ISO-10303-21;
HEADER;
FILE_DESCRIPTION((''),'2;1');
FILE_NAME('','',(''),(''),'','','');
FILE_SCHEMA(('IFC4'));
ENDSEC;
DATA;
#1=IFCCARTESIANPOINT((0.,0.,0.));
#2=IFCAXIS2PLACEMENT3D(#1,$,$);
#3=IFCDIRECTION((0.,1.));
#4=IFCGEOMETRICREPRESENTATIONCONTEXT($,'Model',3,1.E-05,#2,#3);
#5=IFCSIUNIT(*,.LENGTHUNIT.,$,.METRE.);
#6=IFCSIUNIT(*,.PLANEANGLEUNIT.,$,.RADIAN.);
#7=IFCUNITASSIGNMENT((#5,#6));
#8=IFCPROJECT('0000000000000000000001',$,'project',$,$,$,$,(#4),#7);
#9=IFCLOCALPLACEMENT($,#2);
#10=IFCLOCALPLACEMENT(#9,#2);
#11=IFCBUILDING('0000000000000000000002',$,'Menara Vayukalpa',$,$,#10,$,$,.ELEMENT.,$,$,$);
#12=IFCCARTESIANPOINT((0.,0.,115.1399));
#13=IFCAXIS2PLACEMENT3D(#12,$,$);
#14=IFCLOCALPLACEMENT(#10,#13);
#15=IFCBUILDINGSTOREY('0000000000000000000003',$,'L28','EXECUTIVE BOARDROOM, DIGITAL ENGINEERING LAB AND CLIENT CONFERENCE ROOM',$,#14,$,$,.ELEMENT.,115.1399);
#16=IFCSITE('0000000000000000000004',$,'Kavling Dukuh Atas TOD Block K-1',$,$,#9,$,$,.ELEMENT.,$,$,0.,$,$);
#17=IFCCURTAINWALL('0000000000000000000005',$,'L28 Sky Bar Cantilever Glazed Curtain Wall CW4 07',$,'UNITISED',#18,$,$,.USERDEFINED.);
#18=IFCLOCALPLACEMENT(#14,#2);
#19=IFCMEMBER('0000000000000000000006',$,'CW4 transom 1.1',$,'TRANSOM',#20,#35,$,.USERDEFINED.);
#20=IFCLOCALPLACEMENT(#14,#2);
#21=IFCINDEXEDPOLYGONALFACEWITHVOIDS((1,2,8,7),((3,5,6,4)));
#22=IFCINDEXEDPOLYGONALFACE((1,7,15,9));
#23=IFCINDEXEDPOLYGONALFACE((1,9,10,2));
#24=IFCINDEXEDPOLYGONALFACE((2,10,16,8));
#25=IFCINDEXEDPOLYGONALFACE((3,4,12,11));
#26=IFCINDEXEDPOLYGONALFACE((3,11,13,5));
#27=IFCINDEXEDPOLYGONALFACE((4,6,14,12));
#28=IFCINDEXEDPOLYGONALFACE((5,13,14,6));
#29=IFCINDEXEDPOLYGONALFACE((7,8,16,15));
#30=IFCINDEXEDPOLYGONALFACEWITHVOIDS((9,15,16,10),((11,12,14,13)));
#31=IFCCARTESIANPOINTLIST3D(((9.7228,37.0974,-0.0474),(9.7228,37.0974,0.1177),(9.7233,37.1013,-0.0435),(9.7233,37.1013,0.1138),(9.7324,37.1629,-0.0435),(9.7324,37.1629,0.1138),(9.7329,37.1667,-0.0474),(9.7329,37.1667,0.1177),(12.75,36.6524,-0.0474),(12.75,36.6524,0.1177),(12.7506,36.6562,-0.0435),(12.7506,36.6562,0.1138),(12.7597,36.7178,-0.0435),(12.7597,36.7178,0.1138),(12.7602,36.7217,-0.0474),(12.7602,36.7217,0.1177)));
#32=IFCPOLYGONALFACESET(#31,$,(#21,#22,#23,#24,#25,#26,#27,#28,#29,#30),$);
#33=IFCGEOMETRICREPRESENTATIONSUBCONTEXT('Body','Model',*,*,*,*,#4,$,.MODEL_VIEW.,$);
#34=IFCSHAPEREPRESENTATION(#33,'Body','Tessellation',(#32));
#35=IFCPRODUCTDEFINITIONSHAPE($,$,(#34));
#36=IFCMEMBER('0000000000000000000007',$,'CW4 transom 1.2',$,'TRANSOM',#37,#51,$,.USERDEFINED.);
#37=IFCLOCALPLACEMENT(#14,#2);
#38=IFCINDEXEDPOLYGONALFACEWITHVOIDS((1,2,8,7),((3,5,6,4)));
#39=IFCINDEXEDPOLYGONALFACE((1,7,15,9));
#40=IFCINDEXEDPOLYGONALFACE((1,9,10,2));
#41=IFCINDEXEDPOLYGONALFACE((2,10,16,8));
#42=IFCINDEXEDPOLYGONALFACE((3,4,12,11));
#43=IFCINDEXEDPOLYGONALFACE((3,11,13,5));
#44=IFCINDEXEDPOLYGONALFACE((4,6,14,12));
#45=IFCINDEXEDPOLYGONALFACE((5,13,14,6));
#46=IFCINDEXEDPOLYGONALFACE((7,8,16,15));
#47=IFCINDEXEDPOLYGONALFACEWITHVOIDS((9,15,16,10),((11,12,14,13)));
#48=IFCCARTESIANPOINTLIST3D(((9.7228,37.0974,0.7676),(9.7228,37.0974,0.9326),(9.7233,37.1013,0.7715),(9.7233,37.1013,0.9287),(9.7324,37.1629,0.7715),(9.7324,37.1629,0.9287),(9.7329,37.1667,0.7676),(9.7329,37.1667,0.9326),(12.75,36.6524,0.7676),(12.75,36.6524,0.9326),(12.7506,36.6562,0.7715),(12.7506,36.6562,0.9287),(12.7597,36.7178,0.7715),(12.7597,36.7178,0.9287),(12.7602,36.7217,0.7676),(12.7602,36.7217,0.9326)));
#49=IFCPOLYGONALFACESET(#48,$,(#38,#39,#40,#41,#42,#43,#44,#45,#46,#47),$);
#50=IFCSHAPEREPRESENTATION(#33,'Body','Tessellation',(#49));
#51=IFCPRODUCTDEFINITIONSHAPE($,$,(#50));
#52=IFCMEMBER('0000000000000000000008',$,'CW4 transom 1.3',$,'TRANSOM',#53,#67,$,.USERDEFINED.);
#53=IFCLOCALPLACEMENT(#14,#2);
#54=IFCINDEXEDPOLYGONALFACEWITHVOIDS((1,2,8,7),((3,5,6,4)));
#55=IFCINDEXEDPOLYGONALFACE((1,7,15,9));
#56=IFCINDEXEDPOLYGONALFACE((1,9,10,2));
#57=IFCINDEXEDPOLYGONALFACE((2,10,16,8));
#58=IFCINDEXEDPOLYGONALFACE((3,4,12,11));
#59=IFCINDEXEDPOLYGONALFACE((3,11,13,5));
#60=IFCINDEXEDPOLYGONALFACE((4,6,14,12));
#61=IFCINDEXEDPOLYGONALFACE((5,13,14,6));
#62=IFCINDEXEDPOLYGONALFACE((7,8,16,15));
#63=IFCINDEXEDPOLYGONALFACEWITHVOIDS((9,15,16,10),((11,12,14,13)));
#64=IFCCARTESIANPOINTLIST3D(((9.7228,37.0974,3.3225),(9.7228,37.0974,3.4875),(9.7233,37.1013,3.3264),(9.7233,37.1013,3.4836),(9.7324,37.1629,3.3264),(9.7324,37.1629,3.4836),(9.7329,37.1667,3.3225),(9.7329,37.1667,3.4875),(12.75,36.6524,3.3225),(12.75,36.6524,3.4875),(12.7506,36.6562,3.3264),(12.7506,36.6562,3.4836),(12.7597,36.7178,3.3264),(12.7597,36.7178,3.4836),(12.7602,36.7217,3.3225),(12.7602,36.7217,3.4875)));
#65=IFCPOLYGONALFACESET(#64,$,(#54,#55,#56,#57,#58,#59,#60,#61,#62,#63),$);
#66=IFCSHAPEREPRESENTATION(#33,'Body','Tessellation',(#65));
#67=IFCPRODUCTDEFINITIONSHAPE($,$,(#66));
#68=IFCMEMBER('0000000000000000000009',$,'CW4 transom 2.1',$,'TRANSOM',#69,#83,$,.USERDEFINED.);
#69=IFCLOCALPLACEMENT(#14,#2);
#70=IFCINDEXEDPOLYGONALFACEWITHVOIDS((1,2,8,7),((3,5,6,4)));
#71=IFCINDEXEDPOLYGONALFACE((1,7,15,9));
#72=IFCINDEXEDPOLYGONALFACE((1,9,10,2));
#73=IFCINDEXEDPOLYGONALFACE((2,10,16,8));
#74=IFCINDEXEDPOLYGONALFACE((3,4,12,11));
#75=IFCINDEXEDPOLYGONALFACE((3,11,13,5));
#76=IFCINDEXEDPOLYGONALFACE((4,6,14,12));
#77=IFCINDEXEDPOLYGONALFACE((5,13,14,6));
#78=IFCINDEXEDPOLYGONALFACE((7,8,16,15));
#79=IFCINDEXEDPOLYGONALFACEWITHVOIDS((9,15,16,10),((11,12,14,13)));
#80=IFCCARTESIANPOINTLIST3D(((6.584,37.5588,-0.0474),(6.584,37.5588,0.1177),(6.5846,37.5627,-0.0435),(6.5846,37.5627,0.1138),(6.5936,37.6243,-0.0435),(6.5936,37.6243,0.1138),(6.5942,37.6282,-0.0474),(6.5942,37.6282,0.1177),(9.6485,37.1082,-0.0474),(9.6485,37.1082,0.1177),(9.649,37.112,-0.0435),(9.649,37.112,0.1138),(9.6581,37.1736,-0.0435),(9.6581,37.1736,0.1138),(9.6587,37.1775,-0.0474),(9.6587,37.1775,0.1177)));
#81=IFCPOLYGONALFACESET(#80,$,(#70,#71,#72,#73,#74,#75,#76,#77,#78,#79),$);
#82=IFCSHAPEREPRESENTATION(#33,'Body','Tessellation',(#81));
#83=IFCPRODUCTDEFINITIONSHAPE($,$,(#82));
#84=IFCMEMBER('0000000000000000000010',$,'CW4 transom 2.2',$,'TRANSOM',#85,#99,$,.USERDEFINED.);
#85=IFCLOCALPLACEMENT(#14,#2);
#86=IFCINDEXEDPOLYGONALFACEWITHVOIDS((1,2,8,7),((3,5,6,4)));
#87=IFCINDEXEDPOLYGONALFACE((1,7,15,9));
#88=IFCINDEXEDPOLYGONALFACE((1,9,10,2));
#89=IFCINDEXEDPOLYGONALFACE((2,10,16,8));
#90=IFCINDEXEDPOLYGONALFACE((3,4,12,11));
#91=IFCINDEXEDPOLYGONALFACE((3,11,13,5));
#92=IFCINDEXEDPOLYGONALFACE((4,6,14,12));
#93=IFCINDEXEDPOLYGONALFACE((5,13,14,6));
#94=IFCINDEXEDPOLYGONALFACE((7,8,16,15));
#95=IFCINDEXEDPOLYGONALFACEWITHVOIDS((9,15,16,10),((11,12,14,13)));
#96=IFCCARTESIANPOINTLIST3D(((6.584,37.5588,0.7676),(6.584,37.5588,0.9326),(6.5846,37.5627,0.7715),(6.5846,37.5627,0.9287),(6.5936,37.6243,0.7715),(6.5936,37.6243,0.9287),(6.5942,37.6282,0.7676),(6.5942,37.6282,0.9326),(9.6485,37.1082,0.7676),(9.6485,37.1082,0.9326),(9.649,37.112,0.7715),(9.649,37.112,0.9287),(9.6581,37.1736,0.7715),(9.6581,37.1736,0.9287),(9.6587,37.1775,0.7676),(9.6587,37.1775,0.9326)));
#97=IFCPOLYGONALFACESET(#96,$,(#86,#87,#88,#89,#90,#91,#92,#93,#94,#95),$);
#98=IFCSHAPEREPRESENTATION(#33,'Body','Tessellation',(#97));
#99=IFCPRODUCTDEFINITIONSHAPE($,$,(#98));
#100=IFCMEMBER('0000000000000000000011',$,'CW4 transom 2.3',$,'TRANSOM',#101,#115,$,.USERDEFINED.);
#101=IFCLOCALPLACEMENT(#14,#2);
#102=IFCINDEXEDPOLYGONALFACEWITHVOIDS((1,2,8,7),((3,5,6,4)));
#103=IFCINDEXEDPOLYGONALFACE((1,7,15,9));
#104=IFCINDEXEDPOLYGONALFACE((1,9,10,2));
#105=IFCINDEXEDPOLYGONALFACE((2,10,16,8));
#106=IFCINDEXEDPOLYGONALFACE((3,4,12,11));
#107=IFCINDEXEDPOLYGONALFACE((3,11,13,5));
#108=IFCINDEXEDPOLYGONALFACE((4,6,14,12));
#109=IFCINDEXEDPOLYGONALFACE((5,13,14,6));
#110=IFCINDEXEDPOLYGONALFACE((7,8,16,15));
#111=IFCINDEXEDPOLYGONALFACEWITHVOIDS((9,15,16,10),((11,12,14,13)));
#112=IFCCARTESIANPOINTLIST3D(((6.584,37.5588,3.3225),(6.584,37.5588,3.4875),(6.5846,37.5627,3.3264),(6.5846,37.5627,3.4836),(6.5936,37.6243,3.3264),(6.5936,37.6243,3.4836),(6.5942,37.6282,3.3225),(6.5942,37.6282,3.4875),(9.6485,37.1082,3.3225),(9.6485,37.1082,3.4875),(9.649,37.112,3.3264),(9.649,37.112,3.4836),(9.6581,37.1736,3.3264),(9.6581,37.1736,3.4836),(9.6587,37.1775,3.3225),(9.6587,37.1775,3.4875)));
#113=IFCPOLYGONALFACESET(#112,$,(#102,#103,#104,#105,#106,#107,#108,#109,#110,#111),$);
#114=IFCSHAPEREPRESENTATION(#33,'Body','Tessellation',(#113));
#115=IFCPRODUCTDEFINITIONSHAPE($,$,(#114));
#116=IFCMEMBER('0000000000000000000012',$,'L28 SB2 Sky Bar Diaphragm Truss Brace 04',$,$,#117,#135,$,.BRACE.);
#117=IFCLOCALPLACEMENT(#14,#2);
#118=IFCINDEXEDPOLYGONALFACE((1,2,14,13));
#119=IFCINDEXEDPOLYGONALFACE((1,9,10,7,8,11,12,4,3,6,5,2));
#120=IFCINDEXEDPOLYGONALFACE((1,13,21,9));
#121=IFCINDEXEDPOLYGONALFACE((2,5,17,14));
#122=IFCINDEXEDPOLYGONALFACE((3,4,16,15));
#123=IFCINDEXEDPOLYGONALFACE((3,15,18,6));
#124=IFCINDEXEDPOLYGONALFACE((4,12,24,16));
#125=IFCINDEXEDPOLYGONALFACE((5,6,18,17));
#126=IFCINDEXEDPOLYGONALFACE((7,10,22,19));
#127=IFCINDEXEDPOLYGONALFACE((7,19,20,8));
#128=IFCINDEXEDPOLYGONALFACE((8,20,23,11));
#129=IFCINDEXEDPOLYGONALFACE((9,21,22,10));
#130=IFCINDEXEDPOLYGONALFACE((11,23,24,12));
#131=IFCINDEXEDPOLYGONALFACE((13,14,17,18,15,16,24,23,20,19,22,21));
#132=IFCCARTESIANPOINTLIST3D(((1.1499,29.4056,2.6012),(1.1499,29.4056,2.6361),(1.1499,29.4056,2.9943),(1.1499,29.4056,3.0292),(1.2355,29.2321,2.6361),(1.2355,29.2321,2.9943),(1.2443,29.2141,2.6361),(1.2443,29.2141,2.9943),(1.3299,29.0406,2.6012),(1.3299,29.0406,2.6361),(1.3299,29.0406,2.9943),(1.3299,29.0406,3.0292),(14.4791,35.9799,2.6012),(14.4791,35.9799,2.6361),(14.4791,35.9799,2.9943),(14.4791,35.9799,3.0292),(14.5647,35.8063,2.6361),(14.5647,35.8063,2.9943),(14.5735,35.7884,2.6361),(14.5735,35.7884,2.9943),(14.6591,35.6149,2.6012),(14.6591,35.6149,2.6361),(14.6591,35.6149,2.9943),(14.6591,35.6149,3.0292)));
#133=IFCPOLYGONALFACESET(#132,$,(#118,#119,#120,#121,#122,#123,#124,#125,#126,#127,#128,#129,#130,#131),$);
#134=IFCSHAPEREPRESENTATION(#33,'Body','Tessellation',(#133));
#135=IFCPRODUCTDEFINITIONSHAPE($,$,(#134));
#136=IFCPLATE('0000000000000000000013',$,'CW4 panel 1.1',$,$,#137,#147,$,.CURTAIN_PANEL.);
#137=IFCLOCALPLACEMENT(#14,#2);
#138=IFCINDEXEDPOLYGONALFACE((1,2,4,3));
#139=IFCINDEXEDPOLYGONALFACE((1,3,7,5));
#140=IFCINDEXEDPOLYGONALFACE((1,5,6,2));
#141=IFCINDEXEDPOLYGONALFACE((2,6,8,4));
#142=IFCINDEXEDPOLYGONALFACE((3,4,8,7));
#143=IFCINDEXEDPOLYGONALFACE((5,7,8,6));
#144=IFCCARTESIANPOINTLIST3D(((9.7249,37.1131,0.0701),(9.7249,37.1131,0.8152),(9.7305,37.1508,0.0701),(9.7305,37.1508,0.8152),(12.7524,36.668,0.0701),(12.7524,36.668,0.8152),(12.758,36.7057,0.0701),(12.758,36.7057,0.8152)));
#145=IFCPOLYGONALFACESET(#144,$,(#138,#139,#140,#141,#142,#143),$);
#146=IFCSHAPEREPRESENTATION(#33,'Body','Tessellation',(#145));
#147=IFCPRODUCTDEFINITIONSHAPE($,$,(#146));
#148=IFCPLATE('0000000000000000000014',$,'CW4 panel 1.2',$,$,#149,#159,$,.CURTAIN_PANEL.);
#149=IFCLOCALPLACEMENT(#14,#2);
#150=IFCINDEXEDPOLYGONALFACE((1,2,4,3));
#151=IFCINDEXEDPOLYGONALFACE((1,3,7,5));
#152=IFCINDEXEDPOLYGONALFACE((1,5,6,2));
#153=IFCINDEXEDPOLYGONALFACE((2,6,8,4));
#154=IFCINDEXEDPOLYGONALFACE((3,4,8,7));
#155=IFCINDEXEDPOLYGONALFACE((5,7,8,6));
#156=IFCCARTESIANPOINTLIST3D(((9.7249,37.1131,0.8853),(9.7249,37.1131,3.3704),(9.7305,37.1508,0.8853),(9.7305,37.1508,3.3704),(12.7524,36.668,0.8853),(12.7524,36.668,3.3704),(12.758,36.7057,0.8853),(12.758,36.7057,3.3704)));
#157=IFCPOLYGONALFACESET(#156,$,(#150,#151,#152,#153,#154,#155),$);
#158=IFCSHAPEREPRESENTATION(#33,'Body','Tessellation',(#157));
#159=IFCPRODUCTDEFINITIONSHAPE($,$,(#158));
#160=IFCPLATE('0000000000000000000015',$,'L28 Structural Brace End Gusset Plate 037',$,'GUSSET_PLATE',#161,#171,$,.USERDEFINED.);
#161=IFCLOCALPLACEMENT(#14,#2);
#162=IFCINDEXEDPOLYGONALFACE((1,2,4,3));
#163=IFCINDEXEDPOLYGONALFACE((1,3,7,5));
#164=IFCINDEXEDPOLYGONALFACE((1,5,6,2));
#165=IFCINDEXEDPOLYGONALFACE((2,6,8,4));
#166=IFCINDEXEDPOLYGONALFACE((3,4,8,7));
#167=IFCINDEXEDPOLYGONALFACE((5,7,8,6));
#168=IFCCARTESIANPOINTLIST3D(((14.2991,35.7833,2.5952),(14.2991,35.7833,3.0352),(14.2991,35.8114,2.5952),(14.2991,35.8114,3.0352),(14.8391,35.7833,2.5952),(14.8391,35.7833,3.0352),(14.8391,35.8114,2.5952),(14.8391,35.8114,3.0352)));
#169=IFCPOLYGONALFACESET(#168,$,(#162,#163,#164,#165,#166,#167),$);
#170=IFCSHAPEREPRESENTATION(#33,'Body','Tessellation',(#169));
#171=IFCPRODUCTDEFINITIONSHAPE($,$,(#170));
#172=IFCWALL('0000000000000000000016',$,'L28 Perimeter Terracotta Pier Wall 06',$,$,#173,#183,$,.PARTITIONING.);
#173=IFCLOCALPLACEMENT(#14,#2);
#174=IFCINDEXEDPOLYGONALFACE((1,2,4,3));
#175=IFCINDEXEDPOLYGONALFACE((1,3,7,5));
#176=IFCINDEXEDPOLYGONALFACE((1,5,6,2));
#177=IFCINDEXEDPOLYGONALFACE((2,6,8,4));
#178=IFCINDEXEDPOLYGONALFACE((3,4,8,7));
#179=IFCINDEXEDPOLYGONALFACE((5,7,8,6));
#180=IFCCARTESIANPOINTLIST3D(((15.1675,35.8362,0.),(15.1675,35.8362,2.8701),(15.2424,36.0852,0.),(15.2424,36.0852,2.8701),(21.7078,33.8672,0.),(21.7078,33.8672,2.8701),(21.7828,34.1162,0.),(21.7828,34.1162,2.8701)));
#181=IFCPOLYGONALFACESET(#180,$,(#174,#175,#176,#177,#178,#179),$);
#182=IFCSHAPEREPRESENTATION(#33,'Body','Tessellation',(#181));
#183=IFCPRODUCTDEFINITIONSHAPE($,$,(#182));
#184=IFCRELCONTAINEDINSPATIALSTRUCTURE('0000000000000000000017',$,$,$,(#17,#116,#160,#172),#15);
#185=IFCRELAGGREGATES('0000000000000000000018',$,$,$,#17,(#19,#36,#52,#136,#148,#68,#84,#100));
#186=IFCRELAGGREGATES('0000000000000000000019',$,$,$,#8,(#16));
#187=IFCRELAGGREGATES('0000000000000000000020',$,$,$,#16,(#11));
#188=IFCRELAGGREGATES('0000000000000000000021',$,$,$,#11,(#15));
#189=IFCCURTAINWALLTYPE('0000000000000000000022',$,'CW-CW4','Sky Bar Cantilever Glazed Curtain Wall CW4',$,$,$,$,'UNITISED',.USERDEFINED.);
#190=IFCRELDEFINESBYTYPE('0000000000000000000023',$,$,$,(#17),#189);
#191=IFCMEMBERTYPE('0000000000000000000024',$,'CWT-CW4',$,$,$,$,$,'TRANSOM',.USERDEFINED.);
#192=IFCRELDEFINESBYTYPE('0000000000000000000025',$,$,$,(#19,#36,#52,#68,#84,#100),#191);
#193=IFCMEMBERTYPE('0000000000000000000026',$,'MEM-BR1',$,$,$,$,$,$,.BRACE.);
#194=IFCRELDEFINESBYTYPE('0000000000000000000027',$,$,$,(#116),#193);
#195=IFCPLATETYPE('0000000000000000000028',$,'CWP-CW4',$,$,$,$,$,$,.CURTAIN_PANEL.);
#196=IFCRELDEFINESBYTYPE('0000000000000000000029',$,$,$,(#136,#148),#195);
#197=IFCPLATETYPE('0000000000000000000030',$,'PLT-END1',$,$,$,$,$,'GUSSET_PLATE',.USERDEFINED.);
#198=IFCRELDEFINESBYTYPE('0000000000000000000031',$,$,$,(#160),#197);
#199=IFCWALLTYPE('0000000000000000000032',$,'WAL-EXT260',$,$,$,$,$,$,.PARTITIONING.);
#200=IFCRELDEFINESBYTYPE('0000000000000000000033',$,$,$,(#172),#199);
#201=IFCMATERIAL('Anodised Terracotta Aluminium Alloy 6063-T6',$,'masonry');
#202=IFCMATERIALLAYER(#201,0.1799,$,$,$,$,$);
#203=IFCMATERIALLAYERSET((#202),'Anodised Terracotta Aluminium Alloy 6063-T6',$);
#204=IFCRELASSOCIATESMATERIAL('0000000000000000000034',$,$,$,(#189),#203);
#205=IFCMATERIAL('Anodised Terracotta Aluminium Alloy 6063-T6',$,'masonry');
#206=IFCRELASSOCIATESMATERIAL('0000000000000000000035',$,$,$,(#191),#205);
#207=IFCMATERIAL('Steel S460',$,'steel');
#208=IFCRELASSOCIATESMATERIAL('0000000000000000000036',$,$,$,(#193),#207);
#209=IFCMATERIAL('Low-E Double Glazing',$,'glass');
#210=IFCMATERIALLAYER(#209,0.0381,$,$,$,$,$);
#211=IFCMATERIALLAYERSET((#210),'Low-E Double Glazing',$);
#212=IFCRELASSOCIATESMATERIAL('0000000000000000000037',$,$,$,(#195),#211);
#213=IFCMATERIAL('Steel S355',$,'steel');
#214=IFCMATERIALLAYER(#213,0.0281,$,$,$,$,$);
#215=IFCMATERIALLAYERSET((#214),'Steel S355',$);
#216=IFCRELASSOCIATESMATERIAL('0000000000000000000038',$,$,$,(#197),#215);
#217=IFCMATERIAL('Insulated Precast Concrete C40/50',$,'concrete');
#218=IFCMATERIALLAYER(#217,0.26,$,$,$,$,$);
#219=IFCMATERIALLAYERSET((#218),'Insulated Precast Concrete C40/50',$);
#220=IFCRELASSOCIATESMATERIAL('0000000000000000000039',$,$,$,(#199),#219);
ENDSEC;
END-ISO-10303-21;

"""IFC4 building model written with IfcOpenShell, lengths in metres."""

from ifc_helpers import new_model, si_unit, direction, frame, frame_2d, origin, origin_2d, place, context, subcontext, project, spatial, rectangle, hollow_rectangle, i_section, extrude, material, layer, layer_set, material_profile, profile_set, type_object, element, aggregate, save


model = new_model("IFC4")

# Units and contexts
model_context = context("Model", 3, precision=1e-05, world=origin(), true_north=direction((0.0, 1.0)))
body_context = subcontext(model_context, "Body", "Model", "MODEL_VIEW")
ifc_project = project(units=[si_unit("LENGTHUNIT", "METRE"), si_unit("PLANEANGLEUNIT", "RADIAN")], contexts=[model_context])

# Site, building, storey
site_placement = place(None, origin())
site = spatial("IfcSite", under=ifc_project, at=site_placement, Name="Kavling Dukuh Atas TOD Block K-1", CompositionType="ELEMENT", RefElevation=0.0)
building_placement = place(site_placement, origin())
building = spatial("IfcBuilding", under=site, at=building_placement, Name="Menara Vayukalpa", CompositionType="ELEMENT")
storey_placement = place(building_placement, frame((0.0, 0.0, 115.1399)))
storey = spatial("IfcBuildingStorey", under=building, at=storey_placement, Name="L28", Description="EXECUTIVE BOARDROOM, DIGITAL ENGINEERING LAB AND CLIENT CONFERENCE ROOM", CompositionType="ELEMENT", Elevation=115.1399)

# Curtain wall, members
ifc_material_1 = material(Name="Anodised Terracotta Aluminium Alloy 6063-T6", Category="masonry")
ifc_layer_1 = layer(ifc_material_1, 0.1799)
ifc_layer_set_1 = layer_set([ifc_layer_1], Name="Anodised Terracotta Aluminium Alloy 6063-T6")
curtain_wall_type = type_object("IfcCurtainWallType", Name="CW-CW4", Description="Sky Bar Cantilever Glazed Curtain Wall CW4", ElementType="UNITISED", PredefinedType="USERDEFINED", material=ifc_layer_set_1)
curtain_wall_placement = place(storey_placement, origin())
curtain_wall = element("IfcCurtainWall", 1, at=curtain_wall_placement, inside=storey, type_object=curtain_wall_type, Name="L28 Sky Bar Cantilever Glazed Curtain Wall CW4 07", ObjectType="UNITISED", PredefinedType="USERDEFINED")
ifc_material_2 = material(Name="Anodised Terracotta Aluminium Alloy 6063-T6", Category="masonry")
ifc_material_profile_1 = material_profile(ifc_material_2, hollow_rectangle(XDim=0.0701, YDim=0.165, WallThickness=0.0039, at=origin_2d()), Name="ALU 70x165x4")
ifc_profile_set_1 = profile_set([ifc_material_profile_1], Name="Anodised Terracotta Aluminium Alloy 6063-T6")
member_type_1 = type_object("IfcMemberType", Name="CWT-CW4", ElementType="TRANSOM", PredefinedType="USERDEFINED", material=ifc_profile_set_1)
member_1_placement = place(storey_placement, frame((12.7551, 36.687, 0.0352), z_axis=(-0.989365, 0.145453, 0.0), x_axis=(-0.145453, -0.989365, 0.0)))
member_1 = element("IfcMember", 2, at=member_1_placement, type_object=member_type_1, Name="CW4 transom 1.1", ObjectType="TRANSOM", PredefinedType="USERDEFINED", context=body_context, shape_type="SweptSolid", body=[
    extrude(hollow_rectangle(XDim=0.0701, YDim=0.165, WallThickness=0.0039, at=origin_2d()), origin(), (0.0, 0.0, 1.0), 3.0598),
])
member_2_placement = place(storey_placement, frame((12.7551, 36.687, 0.8501), z_axis=(-0.989365, 0.145453, 0.0), x_axis=(-0.145453, -0.989365, 0.0)))
member_2 = element("IfcMember", 3, at=member_2_placement, type_object=member_type_1, Name="CW4 transom 1.2", ObjectType="TRANSOM", PredefinedType="USERDEFINED", context=body_context, shape_type="SweptSolid", body=[
    extrude(hollow_rectangle(XDim=0.0701, YDim=0.165, WallThickness=0.0039, at=origin_2d()), origin(), (0.0, 0.0, 1.0), 3.0598),
])
member_3_placement = place(storey_placement, frame((12.7551, 36.687, 3.405), z_axis=(-0.989365, 0.145453, 0.0), x_axis=(-0.145453, -0.989365, 0.0)))
member_3 = element("IfcMember", 4, at=member_3_placement, type_object=member_type_1, Name="CW4 transom 1.3", ObjectType="TRANSOM", PredefinedType="USERDEFINED", context=body_context, shape_type="SweptSolid", body=[
    extrude(hollow_rectangle(XDim=0.0701, YDim=0.165, WallThickness=0.0039, at=origin_2d()), origin(), (0.0, 0.0, 1.0), 3.0598),
])
member_4_placement = place(storey_placement, frame((9.6536, 37.1428, 0.0352), z_axis=(-0.989358, 0.145503, 0.0), x_axis=(-0.145503, -0.989358, 0.0)))
member_4 = element("IfcMember", 5, at=member_4_placement, type_object=member_type_1, Name="CW4 transom 2.1", ObjectType="TRANSOM", PredefinedType="USERDEFINED", context=body_context, shape_type="SweptSolid", body=[
    extrude(hollow_rectangle(XDim=0.0701, YDim=0.165, WallThickness=0.0039, at=origin_2d()), origin(), (0.0, 0.0, 1.0), 3.0974),
])
member_5_placement = place(storey_placement, frame((9.6536, 37.1428, 0.8501), z_axis=(-0.989358, 0.145503, 0.0), x_axis=(-0.145503, -0.989358, 0.0)))
member_5 = element("IfcMember", 6, at=member_5_placement, type_object=member_type_1, Name="CW4 transom 2.2", ObjectType="TRANSOM", PredefinedType="USERDEFINED", context=body_context, shape_type="SweptSolid", body=[
    extrude(hollow_rectangle(XDim=0.0701, YDim=0.165, WallThickness=0.0039, at=origin_2d()), origin(), (0.0, 0.0, 1.0), 3.0974),
])
member_6_placement = place(storey_placement, frame((9.6536, 37.1428, 3.405), z_axis=(-0.989358, 0.145503, 0.0), x_axis=(-0.145503, -0.989358, 0.0)))
member_6 = element("IfcMember", 7, at=member_6_placement, type_object=member_type_1, Name="CW4 transom 2.3", ObjectType="TRANSOM", PredefinedType="USERDEFINED", context=body_context, shape_type="SweptSolid", body=[
    extrude(hollow_rectangle(XDim=0.0701, YDim=0.165, WallThickness=0.0039, at=origin_2d()), origin(), (0.0, 0.0, 1.0), 3.0974),
])

# Member
ifc_material_3 = material(Name="Steel S460", Category="steel")
ifc_material_profile_2 = material_profile(ifc_material_3, i_section(OverallWidth=0.407, OverallDepth=0.428, WebThickness=0.02, FlangeThickness=0.0349, at=origin_2d()), Name="H 428x407x20x35")
ifc_profile_set_2 = profile_set([ifc_material_profile_2], Name="Steel S460")
member_type_2 = type_object("IfcMemberType", Name="MEM-BR1", PredefinedType="BRACE", material=ifc_profile_set_2)
member_7_placement = place(storey_placement, frame((14.5691, 35.7974, 2.8152), z_axis=(-0.896845, -0.442345, 0.0), x_axis=(0.442345, -0.896845, 0.0)))
element("IfcMember", 8, at=member_7_placement, inside=storey, type_object=member_type_2, Name="L28 SB2 Sky Bar Diaphragm Truss Brace 04", PredefinedType="BRACE", context=body_context, shape_type="SweptSolid", body=[
    extrude(i_section(OverallWidth=0.407, OverallDepth=0.428, WebThickness=0.02, FlangeThickness=0.0349, at=origin_2d()), origin(), (0.0, 0.0, 1.0), 14.8623),
])

# Plates
ifc_material_4 = material(Name="Low-E Double Glazing", Category="glass")
ifc_layer_2 = layer(ifc_material_4, 0.0381)
ifc_layer_set_2 = layer_set([ifc_layer_2], Name="Low-E Double Glazing")
plate_type_1 = type_object("IfcPlateType", Name="CWP-CW4", PredefinedType="CURTAIN_PANEL", material=ifc_layer_set_2)
plate_1_placement = place(storey_placement, frame((11.2415, 36.9094, 0.0701), z_axis=(0.0, 0.0, 1.0), x_axis=(-0.989365, 0.145451, 0.0)))
plate_1 = element("IfcPlate", 9, at=plate_1_placement, type_object=plate_type_1, Name="CW4 panel 1.1", PredefinedType="CURTAIN_PANEL", context=body_context, shape_type="SweptSolid", body=[
    extrude(rectangle(XDim=3.0601, YDim=0.0381, at=origin_2d()), origin(), (0.0, 0.0, 1.0), 0.7451),
])
plate_2_placement = place(storey_placement, frame((11.2415, 36.9094, 0.8853), z_axis=(0.0, 0.0, 1.0), x_axis=(-0.989365, 0.145451, 0.0)))
plate_2 = element("IfcPlate", 10, at=plate_2_placement, type_object=plate_type_1, Name="CW4 panel 1.2", PredefinedType="CURTAIN_PANEL", context=body_context, shape_type="SweptSolid", body=[
    extrude(rectangle(XDim=3.0601, YDim=0.0381, at=origin_2d()), origin(), (0.0, 0.0, 1.0), 2.4851),
])
aggregate(curtain_wall, [member_1, member_2, member_3, plate_1, plate_2, member_4, member_5, member_6])
ifc_material_5 = material(Name="Steel S355", Category="steel")
ifc_layer_3 = layer(ifc_material_5, 0.0281)
ifc_layer_set_3 = layer_set([ifc_layer_3], Name="Steel S355")
plate_type_2 = type_object("IfcPlateType", Name="PLT-END1", ElementType="GUSSET_PLATE", PredefinedType="USERDEFINED", material=ifc_layer_set_3)
plate_3_placement = place(storey_placement, frame((14.5691, 35.7974, 2.5952), z_axis=(0.0, 0.0, 1.0), x_axis=(1.0, 0.0, 0.0)))
element("IfcPlate", 11, at=plate_3_placement, inside=storey, type_object=plate_type_2, Name="L28 Structural Brace End Gusset Plate 037", ObjectType="GUSSET_PLATE", PredefinedType="USERDEFINED", context=body_context, shape_type="SweptSolid", body=[
    extrude(rectangle(XDim=0.54, YDim=0.0281, at=origin_2d()), origin(), (0.0, 0.0, 1.0), 0.4399),
])

# Wall
ifc_material_6 = material(Name="Insulated Precast Concrete C40/50", Category="concrete")
ifc_layer_4 = layer(ifc_material_6, 0.26)
ifc_layer_set_4 = layer_set([ifc_layer_4], Name="Insulated Precast Concrete C40/50")
wall_type = type_object("IfcWallType", Name="WAL-EXT260", PredefinedType="PARTITIONING", material=ifc_layer_set_4)
wall_placement = place(storey_placement, frame((15.2051, 35.9607, 0.0), z_axis=(0.0, 0.0, 1.0), x_axis=(0.957547, -0.288276, 0.0)))
element("IfcWall", 12, at=wall_placement, inside=storey, type_object=wall_type, Name="L28 Perimeter Terracotta Pier Wall 06", PredefinedType="PARTITIONING", context=body_context, shape_type="SweptSolid", body=[
    extrude(rectangle(XDim=6.8303, YDim=0.26, at=frame_2d((3.415, 0.0))), origin(), (0.0, 0.0, 1.0), 2.8701),
])

save(model, "model.ifc")
